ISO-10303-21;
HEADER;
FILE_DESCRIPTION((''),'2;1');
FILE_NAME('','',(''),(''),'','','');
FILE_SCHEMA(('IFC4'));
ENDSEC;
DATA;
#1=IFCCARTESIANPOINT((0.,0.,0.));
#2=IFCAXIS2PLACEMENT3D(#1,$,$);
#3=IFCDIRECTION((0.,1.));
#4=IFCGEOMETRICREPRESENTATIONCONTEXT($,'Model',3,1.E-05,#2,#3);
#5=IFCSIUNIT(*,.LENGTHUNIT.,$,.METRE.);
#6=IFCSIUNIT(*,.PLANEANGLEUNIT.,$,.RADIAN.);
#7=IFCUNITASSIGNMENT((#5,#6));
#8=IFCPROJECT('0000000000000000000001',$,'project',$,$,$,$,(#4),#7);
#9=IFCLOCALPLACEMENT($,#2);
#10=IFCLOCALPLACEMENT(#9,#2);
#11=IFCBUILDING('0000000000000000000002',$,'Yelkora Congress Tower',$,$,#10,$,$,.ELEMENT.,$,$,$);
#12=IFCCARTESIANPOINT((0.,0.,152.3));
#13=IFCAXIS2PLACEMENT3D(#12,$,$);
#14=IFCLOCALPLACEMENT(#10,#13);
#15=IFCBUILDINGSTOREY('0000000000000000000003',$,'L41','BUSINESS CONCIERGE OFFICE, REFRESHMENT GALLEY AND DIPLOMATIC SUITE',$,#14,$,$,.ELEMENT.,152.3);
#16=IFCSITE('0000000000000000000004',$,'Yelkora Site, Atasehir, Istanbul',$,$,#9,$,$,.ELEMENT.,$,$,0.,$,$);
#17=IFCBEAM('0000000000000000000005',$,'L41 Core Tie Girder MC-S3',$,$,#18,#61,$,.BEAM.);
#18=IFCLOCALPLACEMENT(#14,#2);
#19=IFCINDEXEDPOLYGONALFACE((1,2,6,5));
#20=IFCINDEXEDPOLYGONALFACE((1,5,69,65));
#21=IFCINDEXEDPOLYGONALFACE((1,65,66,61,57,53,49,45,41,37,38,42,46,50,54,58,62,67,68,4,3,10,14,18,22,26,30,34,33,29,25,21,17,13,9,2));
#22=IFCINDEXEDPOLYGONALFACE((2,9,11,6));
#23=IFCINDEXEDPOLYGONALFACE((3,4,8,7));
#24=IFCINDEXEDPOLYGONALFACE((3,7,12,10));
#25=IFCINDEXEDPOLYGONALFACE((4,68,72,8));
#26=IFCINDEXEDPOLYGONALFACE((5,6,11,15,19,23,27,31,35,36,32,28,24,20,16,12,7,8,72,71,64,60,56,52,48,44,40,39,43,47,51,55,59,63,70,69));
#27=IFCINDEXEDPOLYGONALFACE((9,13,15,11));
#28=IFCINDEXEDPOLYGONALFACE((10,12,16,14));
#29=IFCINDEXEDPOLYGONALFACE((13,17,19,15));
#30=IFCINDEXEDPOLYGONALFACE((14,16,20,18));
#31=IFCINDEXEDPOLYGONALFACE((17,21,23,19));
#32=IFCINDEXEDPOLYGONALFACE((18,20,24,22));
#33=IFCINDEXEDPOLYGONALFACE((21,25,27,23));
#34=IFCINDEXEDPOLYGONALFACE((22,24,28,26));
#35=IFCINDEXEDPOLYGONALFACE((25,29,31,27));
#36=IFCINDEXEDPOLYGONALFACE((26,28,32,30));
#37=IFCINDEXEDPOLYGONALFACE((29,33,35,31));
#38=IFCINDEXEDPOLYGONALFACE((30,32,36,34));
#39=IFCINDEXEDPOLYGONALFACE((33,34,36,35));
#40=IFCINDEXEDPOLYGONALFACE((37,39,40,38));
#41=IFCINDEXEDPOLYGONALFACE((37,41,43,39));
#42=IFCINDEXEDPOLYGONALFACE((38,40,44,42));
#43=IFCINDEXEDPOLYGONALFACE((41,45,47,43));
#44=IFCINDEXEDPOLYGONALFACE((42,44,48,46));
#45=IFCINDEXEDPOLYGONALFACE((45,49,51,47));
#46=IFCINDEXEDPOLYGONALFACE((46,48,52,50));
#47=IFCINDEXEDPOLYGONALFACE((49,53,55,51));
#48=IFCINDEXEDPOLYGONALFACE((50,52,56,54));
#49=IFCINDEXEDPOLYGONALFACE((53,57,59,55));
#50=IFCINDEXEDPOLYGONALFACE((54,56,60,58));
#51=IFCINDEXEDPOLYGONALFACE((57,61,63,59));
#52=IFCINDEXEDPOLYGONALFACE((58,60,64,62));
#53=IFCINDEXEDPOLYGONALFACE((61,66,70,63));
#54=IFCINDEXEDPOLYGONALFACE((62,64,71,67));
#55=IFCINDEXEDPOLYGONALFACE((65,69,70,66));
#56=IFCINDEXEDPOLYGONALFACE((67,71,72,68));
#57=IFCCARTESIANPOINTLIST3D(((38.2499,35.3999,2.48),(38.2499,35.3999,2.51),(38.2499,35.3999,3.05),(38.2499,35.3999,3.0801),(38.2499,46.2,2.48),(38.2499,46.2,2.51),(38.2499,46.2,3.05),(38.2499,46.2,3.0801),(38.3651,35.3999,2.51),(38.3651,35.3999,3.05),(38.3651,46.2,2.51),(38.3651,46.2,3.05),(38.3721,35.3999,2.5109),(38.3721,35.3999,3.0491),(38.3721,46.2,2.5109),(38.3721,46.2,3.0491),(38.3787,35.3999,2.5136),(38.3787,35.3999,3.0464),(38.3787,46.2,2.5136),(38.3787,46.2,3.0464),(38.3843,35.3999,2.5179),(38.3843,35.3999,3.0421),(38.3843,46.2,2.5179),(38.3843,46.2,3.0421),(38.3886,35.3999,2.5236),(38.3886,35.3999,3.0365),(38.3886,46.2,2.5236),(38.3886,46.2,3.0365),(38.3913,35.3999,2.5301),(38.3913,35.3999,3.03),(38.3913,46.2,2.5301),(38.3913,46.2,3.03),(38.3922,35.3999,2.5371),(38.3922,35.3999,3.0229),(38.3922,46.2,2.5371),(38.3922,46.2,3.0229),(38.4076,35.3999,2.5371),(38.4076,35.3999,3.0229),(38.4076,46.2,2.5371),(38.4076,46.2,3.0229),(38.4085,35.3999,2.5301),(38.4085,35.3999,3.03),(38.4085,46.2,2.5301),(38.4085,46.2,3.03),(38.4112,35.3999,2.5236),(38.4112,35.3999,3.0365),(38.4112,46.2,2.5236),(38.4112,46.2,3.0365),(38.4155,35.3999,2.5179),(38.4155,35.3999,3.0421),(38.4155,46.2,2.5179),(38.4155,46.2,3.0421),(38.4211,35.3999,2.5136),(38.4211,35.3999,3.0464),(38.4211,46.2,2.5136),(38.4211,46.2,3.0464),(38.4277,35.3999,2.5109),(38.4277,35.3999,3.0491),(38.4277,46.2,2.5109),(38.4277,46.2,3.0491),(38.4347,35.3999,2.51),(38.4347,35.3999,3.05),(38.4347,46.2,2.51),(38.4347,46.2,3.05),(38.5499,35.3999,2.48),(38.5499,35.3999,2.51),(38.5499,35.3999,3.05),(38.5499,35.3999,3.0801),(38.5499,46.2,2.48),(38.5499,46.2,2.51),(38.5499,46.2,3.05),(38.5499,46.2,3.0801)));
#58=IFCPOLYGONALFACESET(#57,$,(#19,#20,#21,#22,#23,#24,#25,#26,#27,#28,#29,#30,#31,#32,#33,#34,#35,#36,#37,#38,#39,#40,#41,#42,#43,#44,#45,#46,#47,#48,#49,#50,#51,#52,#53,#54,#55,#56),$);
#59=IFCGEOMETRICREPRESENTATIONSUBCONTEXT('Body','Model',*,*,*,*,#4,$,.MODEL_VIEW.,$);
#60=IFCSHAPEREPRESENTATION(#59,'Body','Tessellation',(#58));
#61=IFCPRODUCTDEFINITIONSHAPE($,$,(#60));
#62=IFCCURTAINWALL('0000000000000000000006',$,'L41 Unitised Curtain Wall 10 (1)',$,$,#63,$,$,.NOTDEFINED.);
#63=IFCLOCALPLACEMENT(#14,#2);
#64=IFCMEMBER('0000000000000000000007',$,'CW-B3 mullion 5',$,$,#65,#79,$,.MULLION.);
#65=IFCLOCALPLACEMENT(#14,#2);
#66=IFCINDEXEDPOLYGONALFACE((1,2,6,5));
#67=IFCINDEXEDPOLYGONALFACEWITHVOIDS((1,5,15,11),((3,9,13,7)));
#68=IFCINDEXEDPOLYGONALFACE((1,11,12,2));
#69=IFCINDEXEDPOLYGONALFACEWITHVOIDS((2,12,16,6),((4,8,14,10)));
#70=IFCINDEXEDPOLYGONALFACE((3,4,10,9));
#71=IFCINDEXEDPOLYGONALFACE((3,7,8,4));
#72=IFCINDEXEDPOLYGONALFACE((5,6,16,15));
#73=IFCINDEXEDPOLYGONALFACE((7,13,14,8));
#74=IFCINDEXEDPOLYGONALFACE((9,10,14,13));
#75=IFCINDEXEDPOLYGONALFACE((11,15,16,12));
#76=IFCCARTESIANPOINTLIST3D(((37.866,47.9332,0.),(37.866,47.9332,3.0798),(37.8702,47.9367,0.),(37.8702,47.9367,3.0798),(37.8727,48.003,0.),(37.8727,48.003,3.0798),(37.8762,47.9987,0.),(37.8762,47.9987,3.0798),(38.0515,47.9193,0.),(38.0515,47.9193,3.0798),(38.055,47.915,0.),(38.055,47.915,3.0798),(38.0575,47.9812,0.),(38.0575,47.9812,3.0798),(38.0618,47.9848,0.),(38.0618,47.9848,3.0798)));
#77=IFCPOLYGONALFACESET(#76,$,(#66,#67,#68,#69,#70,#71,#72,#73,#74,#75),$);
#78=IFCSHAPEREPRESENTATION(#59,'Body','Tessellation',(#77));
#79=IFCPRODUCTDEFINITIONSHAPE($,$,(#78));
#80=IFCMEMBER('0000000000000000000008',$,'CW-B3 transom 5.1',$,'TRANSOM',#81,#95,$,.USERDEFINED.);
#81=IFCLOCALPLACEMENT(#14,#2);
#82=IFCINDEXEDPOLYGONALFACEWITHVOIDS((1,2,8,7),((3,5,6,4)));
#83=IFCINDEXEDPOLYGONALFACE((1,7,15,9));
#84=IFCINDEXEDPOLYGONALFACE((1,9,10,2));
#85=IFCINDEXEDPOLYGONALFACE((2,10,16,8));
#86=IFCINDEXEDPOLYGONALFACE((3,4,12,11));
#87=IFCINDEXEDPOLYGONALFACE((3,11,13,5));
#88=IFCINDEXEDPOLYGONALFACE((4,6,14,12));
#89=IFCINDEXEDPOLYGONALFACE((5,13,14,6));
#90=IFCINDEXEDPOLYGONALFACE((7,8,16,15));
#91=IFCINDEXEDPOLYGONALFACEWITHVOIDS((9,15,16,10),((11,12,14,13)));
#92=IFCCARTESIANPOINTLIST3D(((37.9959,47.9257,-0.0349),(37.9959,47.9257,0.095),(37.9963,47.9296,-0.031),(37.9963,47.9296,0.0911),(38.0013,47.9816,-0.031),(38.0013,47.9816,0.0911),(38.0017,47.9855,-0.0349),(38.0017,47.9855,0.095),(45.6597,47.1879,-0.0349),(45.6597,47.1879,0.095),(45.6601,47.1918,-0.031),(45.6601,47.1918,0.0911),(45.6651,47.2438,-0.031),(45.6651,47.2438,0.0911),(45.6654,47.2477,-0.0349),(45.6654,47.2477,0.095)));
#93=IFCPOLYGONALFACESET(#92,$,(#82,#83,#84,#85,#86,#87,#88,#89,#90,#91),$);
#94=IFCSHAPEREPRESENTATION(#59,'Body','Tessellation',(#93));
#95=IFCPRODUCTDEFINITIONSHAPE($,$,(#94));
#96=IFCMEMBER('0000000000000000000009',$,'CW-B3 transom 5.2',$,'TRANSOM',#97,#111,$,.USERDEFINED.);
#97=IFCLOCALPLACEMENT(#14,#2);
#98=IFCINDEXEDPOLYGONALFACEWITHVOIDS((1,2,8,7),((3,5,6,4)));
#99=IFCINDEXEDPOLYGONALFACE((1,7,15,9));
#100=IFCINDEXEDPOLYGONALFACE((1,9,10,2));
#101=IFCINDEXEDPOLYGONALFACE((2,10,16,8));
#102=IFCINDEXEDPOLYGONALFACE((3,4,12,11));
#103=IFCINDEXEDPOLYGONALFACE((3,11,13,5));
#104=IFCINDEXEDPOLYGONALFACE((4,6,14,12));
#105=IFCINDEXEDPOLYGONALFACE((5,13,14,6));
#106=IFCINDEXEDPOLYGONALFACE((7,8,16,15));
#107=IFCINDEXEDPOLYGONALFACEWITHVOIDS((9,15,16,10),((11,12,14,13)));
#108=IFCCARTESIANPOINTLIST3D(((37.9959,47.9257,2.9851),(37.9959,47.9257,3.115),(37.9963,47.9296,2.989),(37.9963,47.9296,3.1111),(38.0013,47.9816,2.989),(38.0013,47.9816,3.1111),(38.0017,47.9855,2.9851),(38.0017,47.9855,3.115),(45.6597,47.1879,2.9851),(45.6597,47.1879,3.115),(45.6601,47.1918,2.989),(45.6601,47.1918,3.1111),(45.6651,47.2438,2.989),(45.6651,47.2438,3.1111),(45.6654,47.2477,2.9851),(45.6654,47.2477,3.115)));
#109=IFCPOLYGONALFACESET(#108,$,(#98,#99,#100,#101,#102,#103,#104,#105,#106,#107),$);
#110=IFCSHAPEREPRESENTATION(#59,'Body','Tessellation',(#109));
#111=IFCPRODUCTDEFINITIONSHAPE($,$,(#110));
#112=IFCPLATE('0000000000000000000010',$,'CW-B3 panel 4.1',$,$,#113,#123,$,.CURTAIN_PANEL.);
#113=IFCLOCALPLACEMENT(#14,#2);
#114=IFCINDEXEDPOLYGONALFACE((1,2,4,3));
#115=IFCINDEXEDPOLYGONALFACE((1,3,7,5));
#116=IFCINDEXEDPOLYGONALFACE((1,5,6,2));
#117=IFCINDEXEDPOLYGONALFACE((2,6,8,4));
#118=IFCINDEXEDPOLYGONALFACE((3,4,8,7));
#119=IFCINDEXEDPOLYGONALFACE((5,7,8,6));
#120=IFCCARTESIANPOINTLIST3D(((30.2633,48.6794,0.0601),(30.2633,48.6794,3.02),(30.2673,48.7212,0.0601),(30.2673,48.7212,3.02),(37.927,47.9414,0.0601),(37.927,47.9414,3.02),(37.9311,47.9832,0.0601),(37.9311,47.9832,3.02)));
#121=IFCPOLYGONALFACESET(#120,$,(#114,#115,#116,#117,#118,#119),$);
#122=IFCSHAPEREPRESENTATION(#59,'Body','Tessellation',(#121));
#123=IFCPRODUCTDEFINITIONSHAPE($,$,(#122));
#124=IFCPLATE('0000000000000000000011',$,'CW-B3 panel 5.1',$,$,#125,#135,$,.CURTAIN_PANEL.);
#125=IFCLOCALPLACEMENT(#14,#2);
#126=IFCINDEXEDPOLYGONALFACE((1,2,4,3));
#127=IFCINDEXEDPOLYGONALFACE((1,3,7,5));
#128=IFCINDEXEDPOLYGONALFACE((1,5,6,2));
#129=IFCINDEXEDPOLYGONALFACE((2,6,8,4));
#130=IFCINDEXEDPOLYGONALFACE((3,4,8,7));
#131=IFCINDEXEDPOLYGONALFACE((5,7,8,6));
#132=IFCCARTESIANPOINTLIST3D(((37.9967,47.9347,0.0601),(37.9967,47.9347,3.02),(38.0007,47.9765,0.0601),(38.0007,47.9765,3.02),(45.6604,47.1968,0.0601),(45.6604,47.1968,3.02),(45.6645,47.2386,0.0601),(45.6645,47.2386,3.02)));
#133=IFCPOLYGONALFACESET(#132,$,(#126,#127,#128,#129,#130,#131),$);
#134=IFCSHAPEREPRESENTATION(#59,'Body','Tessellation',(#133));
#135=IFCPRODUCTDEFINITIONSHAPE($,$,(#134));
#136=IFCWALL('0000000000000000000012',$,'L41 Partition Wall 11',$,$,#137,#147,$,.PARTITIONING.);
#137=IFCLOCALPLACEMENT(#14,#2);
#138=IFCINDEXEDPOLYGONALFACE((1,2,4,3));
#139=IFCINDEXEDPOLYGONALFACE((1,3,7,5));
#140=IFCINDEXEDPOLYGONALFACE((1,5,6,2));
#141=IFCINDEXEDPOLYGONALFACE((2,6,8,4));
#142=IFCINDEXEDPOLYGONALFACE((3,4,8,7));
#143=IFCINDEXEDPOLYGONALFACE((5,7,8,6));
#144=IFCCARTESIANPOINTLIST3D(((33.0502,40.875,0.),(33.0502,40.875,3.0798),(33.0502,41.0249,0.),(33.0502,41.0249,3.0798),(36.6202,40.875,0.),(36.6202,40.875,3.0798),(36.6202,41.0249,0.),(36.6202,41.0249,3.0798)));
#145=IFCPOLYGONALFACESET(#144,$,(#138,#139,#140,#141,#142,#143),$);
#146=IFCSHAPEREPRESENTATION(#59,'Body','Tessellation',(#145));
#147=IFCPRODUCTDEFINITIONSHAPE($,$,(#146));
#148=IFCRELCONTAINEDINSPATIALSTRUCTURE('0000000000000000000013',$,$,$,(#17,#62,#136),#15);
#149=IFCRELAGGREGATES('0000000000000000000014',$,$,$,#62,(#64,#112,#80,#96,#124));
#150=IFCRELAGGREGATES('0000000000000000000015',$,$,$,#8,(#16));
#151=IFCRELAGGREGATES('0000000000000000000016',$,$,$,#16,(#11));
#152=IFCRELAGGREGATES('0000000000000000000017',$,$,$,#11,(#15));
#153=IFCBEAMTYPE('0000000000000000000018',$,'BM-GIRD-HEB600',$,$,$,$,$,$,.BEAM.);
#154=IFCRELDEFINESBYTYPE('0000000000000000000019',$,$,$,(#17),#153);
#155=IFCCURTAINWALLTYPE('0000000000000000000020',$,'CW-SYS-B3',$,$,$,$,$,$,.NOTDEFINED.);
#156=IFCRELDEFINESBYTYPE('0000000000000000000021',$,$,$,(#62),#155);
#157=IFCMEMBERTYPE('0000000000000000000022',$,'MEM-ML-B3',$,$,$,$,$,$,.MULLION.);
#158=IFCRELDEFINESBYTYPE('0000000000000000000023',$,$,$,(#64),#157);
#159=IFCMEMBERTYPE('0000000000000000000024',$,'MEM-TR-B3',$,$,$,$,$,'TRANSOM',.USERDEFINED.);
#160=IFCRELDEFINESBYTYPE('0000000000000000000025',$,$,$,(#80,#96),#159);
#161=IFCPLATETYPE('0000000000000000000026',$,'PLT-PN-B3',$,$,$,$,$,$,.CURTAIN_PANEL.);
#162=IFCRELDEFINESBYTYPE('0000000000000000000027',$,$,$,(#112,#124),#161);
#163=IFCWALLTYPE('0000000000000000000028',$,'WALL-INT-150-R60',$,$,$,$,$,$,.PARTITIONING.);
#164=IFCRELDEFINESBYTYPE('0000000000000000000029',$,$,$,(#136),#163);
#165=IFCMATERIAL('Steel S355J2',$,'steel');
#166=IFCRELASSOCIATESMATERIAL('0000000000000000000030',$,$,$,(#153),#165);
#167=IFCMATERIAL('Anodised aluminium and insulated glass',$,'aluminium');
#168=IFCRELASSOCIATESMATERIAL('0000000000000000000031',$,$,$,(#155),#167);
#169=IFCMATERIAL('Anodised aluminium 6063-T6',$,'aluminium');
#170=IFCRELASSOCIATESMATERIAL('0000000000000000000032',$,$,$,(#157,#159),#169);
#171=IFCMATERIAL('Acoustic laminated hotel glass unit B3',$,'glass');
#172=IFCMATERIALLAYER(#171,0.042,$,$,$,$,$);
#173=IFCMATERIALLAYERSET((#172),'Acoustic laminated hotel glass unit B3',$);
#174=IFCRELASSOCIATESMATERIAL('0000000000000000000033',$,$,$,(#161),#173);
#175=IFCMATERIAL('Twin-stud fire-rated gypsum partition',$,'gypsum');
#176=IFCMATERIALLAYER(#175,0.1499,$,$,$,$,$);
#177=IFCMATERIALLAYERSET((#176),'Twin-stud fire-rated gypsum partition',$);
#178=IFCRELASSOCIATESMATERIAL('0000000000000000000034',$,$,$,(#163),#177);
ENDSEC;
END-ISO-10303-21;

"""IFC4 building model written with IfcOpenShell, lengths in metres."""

from ifc_helpers import new_model, si_unit, direction, frame, frame_2d, origin, origin_2d, place, context, subcontext, project, spatial, rectangle, hollow_rectangle, i_section, extrude, material, layer, layer_set, material_profile, profile_set, type_object, element, aggregate, save


model = new_model("IFC4")

# Units and contexts
model_context = context("Model", 3, precision=1e-05, world=origin(), true_north=direction((0.0, 1.0)))
body_context = subcontext(model_context, "Body", "Model", "MODEL_VIEW")
ifc_project = project(units=[si_unit("LENGTHUNIT", "METRE"), si_unit("PLANEANGLEUNIT", "RADIAN")], contexts=[model_context])

# Site, building, storey
site_placement = place(None, origin())
site = spatial("IfcSite", under=ifc_project, at=site_placement, Name="Yelkora Site, Atasehir, Istanbul", CompositionType="ELEMENT", RefElevation=0.0)
building_placement = place(site_placement, origin())
building = spatial("IfcBuilding", under=site, at=building_placement, Name="Yelkora Congress Tower", CompositionType="ELEMENT")
storey_placement = place(building_placement, frame((0.0, 0.0, 152.3)))
storey = spatial("IfcBuildingStorey", under=building, at=storey_placement, Name="L41", Description="BUSINESS CONCIERGE OFFICE, REFRESHMENT GALLEY AND DIPLOMATIC SUITE", CompositionType="ELEMENT", Elevation=152.3)

# Beam
ifc_material_1 = material(Name="Steel S355J2", Category="steel")
ifc_material_profile_1 = material_profile(ifc_material_1, i_section(OverallWidth=0.3, OverallDepth=0.6001, WebThickness=0.0154, FlangeThickness=0.03, FilletRadius=0.0271, at=origin_2d()), Name="HEB 600")
ifc_profile_set_1 = profile_set([ifc_material_profile_1], Name="Steel S355J2")
beam_type = type_object("IfcBeamType", Name="BM-GIRD-HEB600", PredefinedType="BEAM", material=ifc_profile_set_1)
beam_placement = place(storey_placement, frame((38.3999, 35.3999, 2.78), z_axis=(0.0, 1.0, 0.0), x_axis=(-1.0, 0.0, 0.0)))
element("IfcBeam", 1, at=beam_placement, inside=storey, type_object=beam_type, Name="L41 Core Tie Girder MC-S3", PredefinedType="BEAM", context=body_context, shape_type="SweptSolid", body=[
    extrude(i_section(OverallWidth=0.3, OverallDepth=0.6001, WebThickness=0.0154, FlangeThickness=0.03, FilletRadius=0.0271, at=origin_2d()), origin(), (0.0, 0.0, 1.0), 10.8),
])

# Curtain wall, members, plates
ifc_material_2 = material(Name="Anodised aluminium and insulated glass", Category="aluminium")
curtain_wall_type = type_object("IfcCurtainWallType", Name="CW-SYS-B3", PredefinedType="NOTDEFINED", material=ifc_material_2)
curtain_wall_placement = place(storey_placement, origin())
curtain_wall = element("IfcCurtainWall", 2, at=curtain_wall_placement, inside=storey, type_object=curtain_wall_type, Name="L41 Unitised Curtain Wall 10 (1)", PredefinedType="NOTDEFINED")
ifc_material_3 = material(Name="Anodised aluminium 6063-T6", Category="aluminium")
ifc_material_profile_2 = material_profile(ifc_material_3, hollow_rectangle(XDim=0.0701, YDim=0.1899, WallThickness=0.0039, at=origin_2d()), Name="ALU 70x190x4")
ifc_profile_set_2 = profile_set([ifc_material_profile_2], Name="Anodised aluminium 6063-T6")
member_type_1 = type_object("IfcMemberType", Name="MEM-ML-B3", PredefinedType="MULLION", material=ifc_profile_set_2)
member_1_placement = place(storey_placement, frame((37.9639, 47.959, 0.0), z_axis=(0.0, 0.0, 1.0), x_axis=(0.095845, 0.995396, 0.0)))
member_1 = element("IfcMember", 3, at=member_1_placement, type_object=member_type_1, Name="CW-B3 mullion 5", PredefinedType="MULLION", context=body_context, shape_type="SweptSolid", body=[
    extrude(hollow_rectangle(XDim=0.0701, YDim=0.1899, WallThickness=0.0039, at=origin_2d()), origin(), (0.0, 0.0, 1.0), 3.0798),
])
ifc_material_profile_3 = material_profile(ifc_material_3, hollow_rectangle(XDim=0.0601, YDim=0.1299, WallThickness=0.0039, at=origin_2d()), Name="ALU 60x130x4")
ifc_profile_set_3 = profile_set([ifc_material_profile_3], Name="Anodised aluminium 6063-T6")
member_type_2 = type_object("IfcMemberType", Name="MEM-TR-B3", ElementType="TRANSOM", PredefinedType="USERDEFINED", material=ifc_profile_set_3)
member_2_placement = place(storey_placement, frame((37.9988, 47.9556, 0.03), z_axis=(0.995398, -0.095827, 0.0), x_axis=(0.095827, 0.995398, 0.0)))
member_2 = element("IfcMember", 4, at=member_2_placement, type_object=member_type_2, Name="CW-B3 transom 5.1", ObjectType="TRANSOM", PredefinedType="USERDEFINED", context=body_context, shape_type="SweptSolid", body=[
    extrude(hollow_rectangle(XDim=0.0601, YDim=0.1299, WallThickness=0.0039, at=origin_2d()), origin(), (0.0, 0.0, 1.0), 7.6992),
])
member_3_placement = place(storey_placement, frame((37.9988, 47.9556, 3.05), z_axis=(0.995398, -0.095827, 0.0), x_axis=(0.095827, 0.995398, 0.0)))
member_3 = element("IfcMember", 5, at=member_3_placement, type_object=member_type_2, Name="CW-B3 transom 5.2", ObjectType="TRANSOM", PredefinedType="USERDEFINED", context=body_context, shape_type="SweptSolid", body=[
    extrude(hollow_rectangle(XDim=0.0601, YDim=0.1299, WallThickness=0.0039, at=origin_2d()), origin(), (0.0, 0.0, 1.0), 7.6992),
])
ifc_material_4 = material(Name="Acoustic laminated hotel glass unit B3", Category="glass")
ifc_layer_1 = layer(ifc_material_4, 0.042)
ifc_layer_set_1 = layer_set([ifc_layer_1], Name="Acoustic laminated hotel glass unit B3")
plate_type = type_object("IfcPlateType", Name="PLT-PN-B3", PredefinedType="CURTAIN_PANEL", material=ifc_layer_set_1)
plate_1_placement = place(storey_placement, frame((34.0972, 48.3313, 0.0601), z_axis=(0.0, 0.0, 1.0), x_axis=(0.995396, -0.095845, 0.0)))
plate_1 = element("IfcPlate", 6, at=plate_1_placement, type_object=plate_type, Name="CW-B3 panel 4.1", PredefinedType="CURTAIN_PANEL", context=body_context, shape_type="SweptSolid", body=[
    extrude(rectangle(XDim=7.6992, YDim=0.042, at=origin_2d()), origin(), (0.0, 0.0, 1.0), 2.96),
])
plate_2_placement = place(storey_placement, frame((41.8306, 47.5867, 0.0601), z_axis=(0.0, 0.0, 1.0), x_axis=(0.995396, -0.095845, 0.0)))
plate_2 = element("IfcPlate", 7, at=plate_2_placement, type_object=plate_type, Name="CW-B3 panel 5.1", PredefinedType="CURTAIN_PANEL", context=body_context, shape_type="SweptSolid", body=[
    extrude(rectangle(XDim=7.6992, YDim=0.042, at=origin_2d()), origin(), (0.0, 0.0, 1.0), 2.96),
])
aggregate(curtain_wall, [member_1, plate_1, member_2, member_3, plate_2])

# Wall
ifc_material_5 = material(Name="Twin-stud fire-rated gypsum partition", Category="gypsum")
ifc_layer_2 = layer(ifc_material_5, 0.1499)
ifc_layer_set_2 = layer_set([ifc_layer_2], Name="Twin-stud fire-rated gypsum partition")
wall_type_1 = type_object("IfcWallType", Name="WALL-INT-150-R60", PredefinedType="PARTITIONING", material=ifc_layer_set_2)
wall_1_placement = place(storey_placement, frame((33.05, 40.95, 0.0), z_axis=(0.0, 0.0, 1.0), x_axis=(1.0, 0.0, 0.0)))
element("IfcWall", 8, at=wall_1_placement, inside=storey, type_object=wall_type_1, Name="L41 Partition Wall 11", PredefinedType="PARTITIONING", context=body_context, shape_type="SweptSolid", body=[
    extrude(rectangle(XDim=3.5701, YDim=0.1499, at=frame_2d((1.7852, 0.0))), origin(), (0.0, 0.0, 1.0), 3.0798),
])

save(model, "model.ifc")
